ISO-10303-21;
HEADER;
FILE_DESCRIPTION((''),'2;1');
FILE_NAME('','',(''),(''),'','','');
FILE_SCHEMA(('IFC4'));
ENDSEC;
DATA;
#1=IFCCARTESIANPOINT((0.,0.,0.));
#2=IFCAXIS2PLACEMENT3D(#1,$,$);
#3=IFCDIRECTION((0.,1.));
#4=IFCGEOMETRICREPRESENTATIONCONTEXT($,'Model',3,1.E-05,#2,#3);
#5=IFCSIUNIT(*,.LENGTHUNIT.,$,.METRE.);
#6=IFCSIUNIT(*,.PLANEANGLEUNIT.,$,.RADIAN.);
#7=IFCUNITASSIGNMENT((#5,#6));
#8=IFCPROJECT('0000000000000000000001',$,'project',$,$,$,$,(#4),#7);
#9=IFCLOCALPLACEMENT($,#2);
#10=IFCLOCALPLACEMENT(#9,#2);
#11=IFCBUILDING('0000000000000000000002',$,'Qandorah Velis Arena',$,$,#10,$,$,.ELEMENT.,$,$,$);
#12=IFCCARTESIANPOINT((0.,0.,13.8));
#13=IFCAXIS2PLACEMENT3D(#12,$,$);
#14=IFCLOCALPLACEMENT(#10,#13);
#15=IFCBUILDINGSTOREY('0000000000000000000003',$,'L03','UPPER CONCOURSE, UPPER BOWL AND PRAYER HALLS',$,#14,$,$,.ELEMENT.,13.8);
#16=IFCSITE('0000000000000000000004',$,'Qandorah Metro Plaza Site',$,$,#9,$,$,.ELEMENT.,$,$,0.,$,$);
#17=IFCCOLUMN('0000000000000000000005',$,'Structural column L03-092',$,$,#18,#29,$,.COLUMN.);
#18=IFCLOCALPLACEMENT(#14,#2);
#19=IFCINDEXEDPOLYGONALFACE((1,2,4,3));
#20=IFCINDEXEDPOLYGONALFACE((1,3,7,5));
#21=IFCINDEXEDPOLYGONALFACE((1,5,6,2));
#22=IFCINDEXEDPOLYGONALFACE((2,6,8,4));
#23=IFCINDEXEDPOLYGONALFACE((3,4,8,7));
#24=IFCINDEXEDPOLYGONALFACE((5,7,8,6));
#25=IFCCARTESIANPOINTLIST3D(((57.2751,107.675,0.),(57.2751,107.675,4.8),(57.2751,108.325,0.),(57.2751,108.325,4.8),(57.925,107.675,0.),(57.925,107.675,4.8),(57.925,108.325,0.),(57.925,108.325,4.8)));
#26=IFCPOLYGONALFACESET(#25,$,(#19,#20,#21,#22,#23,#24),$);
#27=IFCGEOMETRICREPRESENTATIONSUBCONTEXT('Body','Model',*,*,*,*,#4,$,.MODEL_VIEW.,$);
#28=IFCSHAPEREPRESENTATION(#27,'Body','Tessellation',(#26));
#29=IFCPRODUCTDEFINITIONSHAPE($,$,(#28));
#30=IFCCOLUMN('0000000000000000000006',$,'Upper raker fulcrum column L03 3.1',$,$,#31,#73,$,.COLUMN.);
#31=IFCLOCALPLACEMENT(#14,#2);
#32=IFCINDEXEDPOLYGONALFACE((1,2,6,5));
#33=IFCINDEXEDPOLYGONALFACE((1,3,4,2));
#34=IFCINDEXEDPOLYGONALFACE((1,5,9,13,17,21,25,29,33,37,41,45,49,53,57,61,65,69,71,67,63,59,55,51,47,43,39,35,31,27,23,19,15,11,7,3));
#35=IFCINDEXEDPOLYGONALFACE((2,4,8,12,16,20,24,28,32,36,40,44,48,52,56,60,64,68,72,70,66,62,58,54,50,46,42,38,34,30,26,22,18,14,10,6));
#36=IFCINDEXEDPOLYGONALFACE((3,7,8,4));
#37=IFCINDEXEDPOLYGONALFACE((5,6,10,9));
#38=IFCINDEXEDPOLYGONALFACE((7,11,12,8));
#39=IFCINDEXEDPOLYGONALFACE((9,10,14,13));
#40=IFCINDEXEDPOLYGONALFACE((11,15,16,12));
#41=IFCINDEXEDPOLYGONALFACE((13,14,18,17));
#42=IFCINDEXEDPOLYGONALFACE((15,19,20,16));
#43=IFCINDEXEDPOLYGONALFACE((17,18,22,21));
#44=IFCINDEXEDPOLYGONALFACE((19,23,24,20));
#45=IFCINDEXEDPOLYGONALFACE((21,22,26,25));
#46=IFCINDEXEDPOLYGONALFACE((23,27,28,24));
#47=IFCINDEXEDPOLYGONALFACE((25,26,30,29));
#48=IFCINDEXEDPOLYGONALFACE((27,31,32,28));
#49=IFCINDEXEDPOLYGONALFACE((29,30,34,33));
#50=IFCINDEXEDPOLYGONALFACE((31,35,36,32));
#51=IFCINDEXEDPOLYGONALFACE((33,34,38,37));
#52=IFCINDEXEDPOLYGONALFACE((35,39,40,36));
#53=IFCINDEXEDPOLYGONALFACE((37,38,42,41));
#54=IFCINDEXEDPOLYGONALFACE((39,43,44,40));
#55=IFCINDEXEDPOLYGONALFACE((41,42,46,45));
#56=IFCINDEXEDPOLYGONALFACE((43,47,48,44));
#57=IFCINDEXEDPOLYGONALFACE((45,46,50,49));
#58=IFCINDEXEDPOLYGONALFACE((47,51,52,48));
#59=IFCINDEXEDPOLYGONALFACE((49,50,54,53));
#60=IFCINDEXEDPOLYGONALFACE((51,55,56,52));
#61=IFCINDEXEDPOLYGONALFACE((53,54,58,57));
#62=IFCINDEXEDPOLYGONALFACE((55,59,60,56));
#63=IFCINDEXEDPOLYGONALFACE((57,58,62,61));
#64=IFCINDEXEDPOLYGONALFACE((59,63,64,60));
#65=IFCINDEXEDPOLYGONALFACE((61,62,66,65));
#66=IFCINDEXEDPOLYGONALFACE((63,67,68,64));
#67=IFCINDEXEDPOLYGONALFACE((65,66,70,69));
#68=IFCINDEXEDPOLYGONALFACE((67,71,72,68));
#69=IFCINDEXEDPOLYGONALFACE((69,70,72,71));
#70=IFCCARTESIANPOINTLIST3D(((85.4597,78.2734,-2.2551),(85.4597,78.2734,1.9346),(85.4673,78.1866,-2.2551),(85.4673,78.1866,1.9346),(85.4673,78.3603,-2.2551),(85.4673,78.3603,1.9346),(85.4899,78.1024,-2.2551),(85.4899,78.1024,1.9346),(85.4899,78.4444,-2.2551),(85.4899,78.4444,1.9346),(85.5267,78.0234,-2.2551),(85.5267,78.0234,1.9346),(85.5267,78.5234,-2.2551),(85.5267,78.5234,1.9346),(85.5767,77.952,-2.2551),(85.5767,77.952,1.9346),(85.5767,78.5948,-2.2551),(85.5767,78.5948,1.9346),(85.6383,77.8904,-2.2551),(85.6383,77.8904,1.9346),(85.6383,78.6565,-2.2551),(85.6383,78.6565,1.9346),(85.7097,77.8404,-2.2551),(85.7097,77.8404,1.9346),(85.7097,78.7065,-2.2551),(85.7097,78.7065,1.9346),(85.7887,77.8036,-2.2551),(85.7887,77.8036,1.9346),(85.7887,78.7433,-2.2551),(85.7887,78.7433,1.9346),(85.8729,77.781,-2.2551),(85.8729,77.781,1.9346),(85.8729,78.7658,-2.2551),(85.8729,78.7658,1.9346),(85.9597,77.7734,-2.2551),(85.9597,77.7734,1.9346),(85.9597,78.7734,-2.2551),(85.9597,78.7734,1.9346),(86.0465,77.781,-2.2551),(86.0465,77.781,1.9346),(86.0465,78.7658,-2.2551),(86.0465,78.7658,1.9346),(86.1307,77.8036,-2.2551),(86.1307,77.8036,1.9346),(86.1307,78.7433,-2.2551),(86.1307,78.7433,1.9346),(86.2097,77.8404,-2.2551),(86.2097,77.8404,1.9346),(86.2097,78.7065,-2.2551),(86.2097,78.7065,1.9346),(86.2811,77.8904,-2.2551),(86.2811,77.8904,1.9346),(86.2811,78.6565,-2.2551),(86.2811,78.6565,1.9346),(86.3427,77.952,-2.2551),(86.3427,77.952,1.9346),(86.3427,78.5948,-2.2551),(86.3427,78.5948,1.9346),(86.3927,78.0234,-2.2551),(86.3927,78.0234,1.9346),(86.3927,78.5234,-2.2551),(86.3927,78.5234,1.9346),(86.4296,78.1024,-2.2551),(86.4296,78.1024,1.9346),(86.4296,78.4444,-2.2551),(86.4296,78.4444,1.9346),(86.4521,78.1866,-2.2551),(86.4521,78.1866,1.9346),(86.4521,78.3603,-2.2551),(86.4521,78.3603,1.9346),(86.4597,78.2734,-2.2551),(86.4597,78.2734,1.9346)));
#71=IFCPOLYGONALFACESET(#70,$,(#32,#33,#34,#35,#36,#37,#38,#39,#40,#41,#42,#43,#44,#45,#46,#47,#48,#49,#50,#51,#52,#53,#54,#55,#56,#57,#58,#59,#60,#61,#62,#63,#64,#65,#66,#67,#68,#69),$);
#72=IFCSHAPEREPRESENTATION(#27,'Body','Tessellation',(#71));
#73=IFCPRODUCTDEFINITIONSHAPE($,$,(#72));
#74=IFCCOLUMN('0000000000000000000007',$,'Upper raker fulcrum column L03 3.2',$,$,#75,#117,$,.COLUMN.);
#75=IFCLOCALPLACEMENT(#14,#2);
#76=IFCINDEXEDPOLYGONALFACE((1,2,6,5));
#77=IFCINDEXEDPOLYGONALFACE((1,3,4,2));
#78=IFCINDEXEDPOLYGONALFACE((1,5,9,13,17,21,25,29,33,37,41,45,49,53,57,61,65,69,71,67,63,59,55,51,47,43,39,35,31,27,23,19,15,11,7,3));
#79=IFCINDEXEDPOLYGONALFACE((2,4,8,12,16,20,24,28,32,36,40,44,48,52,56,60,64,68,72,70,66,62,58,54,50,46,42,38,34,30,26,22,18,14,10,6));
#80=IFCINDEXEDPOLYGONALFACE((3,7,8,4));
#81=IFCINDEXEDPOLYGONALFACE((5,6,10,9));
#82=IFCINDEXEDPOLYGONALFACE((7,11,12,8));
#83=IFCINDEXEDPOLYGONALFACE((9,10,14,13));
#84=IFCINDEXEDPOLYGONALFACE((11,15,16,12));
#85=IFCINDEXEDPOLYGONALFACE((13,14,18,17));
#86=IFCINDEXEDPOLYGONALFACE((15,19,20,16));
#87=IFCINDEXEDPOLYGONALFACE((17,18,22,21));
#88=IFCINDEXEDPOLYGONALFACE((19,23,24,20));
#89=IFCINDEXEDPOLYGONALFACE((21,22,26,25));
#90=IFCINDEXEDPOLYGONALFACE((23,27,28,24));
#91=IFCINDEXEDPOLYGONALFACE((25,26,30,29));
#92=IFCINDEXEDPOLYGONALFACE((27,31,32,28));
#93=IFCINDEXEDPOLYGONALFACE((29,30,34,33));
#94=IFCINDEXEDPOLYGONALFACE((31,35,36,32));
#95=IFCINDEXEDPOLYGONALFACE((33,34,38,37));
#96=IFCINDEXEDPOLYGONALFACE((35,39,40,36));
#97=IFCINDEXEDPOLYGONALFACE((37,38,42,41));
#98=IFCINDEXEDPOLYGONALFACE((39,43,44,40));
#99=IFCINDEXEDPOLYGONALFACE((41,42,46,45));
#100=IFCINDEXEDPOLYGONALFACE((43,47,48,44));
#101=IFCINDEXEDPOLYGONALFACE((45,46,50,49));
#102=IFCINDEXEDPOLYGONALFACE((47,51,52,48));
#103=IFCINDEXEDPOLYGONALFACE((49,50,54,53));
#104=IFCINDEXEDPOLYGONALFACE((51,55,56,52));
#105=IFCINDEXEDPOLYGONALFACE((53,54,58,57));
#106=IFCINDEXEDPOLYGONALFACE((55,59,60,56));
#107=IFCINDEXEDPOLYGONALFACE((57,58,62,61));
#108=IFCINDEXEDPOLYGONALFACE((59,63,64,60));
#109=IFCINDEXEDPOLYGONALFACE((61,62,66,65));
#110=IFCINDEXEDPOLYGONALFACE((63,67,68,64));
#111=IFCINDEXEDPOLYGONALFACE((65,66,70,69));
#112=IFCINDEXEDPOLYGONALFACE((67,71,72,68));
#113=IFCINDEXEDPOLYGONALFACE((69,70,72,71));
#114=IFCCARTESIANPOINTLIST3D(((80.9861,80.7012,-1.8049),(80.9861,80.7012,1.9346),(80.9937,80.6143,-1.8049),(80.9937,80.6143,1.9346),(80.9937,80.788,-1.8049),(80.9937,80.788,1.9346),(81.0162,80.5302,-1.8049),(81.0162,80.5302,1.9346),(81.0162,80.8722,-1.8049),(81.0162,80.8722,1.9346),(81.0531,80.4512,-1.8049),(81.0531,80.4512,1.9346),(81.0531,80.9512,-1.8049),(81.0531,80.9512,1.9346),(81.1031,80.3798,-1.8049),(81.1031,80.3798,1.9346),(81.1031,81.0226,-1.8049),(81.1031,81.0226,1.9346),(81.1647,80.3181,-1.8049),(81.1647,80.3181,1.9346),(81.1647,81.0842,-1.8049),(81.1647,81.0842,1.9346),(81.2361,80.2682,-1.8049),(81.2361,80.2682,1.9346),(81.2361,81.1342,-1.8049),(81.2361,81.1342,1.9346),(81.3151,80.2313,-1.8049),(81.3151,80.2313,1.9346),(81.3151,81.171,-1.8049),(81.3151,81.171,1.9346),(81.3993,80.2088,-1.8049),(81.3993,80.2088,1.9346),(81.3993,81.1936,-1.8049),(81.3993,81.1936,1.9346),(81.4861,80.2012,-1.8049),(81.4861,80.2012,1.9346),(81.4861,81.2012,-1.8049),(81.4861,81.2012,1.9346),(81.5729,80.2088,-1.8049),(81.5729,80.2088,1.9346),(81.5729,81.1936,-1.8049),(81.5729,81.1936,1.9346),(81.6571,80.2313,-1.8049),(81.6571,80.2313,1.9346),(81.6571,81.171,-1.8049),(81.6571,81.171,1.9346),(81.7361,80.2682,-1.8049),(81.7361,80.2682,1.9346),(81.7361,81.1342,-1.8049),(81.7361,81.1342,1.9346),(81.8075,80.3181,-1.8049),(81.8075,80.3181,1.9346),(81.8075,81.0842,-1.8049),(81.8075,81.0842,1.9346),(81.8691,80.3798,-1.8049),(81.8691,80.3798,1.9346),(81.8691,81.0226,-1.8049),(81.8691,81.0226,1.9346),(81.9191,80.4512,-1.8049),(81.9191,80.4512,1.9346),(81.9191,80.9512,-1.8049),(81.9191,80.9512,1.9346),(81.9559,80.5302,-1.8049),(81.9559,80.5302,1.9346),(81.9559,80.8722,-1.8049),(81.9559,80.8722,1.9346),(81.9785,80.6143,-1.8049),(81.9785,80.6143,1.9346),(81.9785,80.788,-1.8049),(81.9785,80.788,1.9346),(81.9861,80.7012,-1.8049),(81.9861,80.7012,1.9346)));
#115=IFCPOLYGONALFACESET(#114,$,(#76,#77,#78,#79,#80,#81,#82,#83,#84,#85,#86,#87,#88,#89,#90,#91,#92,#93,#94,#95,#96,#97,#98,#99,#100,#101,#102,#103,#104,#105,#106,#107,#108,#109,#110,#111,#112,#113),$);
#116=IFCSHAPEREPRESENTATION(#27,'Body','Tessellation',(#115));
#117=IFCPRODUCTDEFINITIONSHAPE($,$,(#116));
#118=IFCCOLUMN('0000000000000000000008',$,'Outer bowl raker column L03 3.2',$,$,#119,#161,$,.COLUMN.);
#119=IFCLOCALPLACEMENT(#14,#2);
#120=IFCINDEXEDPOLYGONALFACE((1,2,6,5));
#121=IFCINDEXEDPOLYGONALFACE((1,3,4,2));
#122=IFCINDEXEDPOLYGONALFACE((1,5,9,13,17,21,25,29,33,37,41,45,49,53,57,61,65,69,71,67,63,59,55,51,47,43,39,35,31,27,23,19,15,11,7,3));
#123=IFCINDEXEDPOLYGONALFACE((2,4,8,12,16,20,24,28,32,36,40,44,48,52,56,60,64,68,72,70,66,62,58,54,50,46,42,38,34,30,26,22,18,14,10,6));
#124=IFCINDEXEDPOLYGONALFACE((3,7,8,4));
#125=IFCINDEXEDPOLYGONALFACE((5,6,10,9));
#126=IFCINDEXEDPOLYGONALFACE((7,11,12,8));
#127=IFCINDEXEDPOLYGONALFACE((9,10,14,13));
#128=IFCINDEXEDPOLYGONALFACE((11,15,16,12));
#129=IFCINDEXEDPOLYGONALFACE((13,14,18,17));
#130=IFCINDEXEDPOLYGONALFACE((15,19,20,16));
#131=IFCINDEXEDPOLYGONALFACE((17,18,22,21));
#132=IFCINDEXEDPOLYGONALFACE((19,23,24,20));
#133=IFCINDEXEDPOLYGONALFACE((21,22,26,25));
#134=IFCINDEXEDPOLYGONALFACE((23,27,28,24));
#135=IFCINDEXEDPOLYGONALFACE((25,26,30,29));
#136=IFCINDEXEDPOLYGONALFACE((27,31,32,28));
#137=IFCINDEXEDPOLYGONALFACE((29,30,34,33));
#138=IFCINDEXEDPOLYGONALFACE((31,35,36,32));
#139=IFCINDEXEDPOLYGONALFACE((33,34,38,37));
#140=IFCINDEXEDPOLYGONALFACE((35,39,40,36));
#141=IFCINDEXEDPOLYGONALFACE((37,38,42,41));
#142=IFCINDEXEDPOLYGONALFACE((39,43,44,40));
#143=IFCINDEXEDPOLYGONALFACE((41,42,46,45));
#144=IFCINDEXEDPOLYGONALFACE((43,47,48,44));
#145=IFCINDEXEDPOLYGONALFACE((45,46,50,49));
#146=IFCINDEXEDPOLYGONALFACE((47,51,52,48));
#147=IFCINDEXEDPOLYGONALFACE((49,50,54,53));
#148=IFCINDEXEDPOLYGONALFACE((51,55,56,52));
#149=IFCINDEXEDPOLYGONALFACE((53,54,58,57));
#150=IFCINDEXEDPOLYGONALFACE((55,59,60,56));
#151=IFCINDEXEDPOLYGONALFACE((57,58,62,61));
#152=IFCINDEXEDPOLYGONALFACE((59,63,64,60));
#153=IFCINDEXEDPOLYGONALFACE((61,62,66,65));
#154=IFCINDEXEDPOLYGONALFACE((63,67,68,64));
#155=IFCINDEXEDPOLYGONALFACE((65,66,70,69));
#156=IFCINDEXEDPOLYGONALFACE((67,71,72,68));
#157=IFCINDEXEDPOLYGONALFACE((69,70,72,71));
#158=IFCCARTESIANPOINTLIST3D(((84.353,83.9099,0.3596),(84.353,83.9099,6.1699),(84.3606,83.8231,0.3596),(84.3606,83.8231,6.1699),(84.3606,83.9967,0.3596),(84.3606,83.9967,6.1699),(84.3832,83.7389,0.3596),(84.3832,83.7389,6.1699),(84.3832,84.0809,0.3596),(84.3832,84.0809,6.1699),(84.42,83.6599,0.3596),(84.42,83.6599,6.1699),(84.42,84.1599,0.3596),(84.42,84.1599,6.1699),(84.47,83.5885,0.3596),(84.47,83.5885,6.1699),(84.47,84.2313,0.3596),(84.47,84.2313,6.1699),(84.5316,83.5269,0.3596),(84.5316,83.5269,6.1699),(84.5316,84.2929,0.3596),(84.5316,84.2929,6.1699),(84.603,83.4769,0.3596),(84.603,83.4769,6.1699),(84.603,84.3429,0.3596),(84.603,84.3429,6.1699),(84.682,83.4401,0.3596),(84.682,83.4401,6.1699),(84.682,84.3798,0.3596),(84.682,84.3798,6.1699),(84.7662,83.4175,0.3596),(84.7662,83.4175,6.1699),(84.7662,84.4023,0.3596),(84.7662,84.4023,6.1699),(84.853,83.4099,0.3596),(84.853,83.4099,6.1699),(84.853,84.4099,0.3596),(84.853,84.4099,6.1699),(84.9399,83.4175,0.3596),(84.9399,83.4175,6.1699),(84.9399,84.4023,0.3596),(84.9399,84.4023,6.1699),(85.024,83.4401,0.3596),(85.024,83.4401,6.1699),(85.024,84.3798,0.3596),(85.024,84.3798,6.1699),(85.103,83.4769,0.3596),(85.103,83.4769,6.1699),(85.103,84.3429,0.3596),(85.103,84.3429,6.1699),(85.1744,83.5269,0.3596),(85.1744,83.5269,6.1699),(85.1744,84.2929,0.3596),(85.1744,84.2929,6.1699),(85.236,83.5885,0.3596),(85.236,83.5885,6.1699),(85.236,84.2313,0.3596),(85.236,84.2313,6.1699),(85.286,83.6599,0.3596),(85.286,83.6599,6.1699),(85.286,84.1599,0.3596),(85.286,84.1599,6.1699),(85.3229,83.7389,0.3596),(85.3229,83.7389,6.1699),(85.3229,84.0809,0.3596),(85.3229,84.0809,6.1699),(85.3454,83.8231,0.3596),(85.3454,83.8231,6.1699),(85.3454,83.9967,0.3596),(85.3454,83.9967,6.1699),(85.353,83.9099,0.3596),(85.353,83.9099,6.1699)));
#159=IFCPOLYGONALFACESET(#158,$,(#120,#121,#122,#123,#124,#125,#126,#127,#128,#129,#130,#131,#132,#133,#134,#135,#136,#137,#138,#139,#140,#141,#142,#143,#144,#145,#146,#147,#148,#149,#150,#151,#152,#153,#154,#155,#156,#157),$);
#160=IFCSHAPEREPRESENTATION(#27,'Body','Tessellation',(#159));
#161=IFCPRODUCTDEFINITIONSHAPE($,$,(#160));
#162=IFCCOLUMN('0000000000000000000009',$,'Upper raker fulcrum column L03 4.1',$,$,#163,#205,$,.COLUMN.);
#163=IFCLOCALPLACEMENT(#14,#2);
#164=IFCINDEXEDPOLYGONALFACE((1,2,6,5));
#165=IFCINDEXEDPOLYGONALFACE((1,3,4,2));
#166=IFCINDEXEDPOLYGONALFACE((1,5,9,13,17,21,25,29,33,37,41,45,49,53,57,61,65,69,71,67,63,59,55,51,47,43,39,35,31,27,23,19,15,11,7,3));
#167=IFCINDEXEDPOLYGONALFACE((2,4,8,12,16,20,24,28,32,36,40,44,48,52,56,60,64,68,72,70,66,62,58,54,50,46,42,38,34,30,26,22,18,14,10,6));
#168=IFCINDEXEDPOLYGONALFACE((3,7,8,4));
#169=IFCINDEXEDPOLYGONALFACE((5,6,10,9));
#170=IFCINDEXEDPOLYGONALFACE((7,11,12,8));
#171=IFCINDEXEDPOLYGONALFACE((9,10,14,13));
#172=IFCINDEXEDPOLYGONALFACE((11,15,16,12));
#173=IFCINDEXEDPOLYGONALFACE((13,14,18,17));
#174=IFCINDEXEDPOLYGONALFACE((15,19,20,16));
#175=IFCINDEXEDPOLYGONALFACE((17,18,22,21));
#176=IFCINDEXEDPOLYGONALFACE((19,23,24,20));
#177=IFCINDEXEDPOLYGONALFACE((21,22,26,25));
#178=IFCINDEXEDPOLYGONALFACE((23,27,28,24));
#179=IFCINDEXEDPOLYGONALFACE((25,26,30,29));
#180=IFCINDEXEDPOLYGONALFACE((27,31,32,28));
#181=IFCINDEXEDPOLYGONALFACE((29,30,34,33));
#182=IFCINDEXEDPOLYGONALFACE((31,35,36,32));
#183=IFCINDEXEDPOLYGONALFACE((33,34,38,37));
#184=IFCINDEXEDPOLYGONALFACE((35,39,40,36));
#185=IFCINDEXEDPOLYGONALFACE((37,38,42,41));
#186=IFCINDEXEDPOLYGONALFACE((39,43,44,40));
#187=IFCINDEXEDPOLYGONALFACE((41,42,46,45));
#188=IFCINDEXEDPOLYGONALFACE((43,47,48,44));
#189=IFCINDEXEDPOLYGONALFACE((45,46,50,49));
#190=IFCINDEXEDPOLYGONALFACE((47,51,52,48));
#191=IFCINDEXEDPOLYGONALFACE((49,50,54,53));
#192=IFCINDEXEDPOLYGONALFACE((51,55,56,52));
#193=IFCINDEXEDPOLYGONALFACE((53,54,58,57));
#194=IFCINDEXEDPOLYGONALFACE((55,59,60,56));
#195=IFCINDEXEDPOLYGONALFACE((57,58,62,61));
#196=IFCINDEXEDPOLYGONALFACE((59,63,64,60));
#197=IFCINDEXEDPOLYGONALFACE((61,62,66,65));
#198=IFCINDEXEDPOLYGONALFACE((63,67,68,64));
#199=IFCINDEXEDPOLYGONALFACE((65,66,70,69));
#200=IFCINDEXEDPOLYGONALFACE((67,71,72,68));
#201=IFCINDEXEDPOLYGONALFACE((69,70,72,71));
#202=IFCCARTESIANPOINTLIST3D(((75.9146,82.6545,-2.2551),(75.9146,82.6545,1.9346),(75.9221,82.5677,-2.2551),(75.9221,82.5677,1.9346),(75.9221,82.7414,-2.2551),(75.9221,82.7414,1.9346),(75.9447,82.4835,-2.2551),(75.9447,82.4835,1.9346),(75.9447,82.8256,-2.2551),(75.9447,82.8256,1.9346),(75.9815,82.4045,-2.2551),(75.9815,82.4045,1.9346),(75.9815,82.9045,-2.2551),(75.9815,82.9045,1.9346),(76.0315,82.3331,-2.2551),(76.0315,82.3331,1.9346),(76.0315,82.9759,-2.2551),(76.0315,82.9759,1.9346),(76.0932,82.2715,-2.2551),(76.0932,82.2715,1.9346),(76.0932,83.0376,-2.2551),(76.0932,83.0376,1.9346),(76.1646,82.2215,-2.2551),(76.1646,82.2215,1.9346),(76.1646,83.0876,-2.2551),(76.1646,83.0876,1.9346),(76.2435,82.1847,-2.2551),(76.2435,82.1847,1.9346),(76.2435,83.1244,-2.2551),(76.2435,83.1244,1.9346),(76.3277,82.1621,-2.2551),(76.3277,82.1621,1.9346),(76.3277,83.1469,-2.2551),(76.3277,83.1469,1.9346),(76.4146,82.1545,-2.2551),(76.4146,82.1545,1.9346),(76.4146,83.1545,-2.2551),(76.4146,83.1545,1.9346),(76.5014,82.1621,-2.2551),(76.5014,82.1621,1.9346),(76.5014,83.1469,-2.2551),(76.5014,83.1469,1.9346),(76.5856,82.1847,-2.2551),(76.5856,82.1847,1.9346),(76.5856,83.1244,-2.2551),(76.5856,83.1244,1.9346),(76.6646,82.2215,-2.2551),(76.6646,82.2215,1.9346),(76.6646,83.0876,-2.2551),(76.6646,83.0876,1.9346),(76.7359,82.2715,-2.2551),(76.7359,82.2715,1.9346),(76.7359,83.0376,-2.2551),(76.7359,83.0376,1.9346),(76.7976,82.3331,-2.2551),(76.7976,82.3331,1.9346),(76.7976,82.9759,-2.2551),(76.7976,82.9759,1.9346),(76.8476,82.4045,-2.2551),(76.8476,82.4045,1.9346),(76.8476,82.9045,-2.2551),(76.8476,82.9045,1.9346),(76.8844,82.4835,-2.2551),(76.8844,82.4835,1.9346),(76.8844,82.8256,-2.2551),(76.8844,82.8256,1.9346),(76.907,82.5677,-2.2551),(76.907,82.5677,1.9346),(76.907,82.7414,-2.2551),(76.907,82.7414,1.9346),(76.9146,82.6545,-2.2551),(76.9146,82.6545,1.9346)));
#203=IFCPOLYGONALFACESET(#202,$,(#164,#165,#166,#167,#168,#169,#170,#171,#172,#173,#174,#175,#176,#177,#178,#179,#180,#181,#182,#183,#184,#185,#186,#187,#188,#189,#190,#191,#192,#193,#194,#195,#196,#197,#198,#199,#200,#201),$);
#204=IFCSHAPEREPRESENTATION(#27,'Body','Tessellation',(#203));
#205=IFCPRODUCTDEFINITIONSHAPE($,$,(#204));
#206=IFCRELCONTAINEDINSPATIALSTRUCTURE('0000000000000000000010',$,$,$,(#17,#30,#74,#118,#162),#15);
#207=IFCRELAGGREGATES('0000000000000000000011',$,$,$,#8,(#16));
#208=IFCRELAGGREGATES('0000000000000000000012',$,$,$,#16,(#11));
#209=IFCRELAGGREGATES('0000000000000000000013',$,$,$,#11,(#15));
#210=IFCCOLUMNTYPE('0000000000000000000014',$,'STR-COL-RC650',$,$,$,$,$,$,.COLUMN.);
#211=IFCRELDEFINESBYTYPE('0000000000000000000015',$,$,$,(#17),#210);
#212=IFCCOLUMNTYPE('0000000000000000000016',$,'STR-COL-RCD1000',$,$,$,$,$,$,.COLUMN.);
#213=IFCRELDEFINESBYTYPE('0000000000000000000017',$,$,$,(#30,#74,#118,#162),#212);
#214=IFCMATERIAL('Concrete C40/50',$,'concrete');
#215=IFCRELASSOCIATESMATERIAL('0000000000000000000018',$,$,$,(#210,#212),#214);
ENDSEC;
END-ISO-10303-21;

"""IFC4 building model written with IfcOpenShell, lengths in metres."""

from ifc_helpers import new_model, si_unit, direction, frame, origin, origin_2d, place, context, subcontext, project, spatial, rectangle, circle, extrude, material, material_profile, profile_set, type_object, element, save


model = new_model("IFC4")

# Units and contexts
model_context = context("Model", 3, precision=1e-05, world=origin(), true_north=direction((0.0, 1.0)))
body_context = subcontext(model_context, "Body", "Model", "MODEL_VIEW")
ifc_project = project(units=[si_unit("LENGTHUNIT", "METRE"), si_unit("PLANEANGLEUNIT", "RADIAN")], contexts=[model_context])

# Site, building, storey
site_placement = place(None, origin())
site = spatial("IfcSite", under=ifc_project, at=site_placement, Name="Qandorah Metro Plaza Site", CompositionType="ELEMENT", RefElevation=0.0)
building_placement = place(site_placement, origin())
building = spatial("IfcBuilding", under=site, at=building_placement, Name="Qandorah Velis Arena", CompositionType="ELEMENT")
storey_placement = place(building_placement, frame((0.0, 0.0, 13.8)))
storey = spatial("IfcBuildingStorey", under=building, at=storey_placement, Name="L03", Description="UPPER CONCOURSE, UPPER BOWL AND PRAYER HALLS", CompositionType="ELEMENT", Elevation=13.8)

# Columns
ifc_material_1 = material(Name="Concrete C40/50", Category="concrete")
ifc_material_profile_1 = material_profile(ifc_material_1, rectangle(XDim=0.6499, YDim=0.6499, at=origin_2d()), Name="RC COL 650x650")
ifc_profile_set_1 = profile_set([ifc_material_profile_1], Name="Concrete C40/50")
column_type_1 = type_object("IfcColumnType", Name="STR-COL-RC650", PredefinedType="COLUMN", material=ifc_profile_set_1)
column_1_placement = place(storey_placement, frame((57.6001, 108.0, 0.0), z_axis=(0.0, 0.0, 1.0), x_axis=(1.0, 0.0, 0.0)))
element("IfcColumn", 1, at=column_1_placement, inside=storey, type_object=column_type_1, Name="Structural column L03-092", PredefinedType="COLUMN", context=body_context, shape_type="SweptSolid", body=[
    extrude(rectangle(XDim=0.6499, YDim=0.6499, at=origin_2d()), origin(), (0.0, 0.0, 1.0), 4.8),
])
ifc_material_profile_2 = material_profile(ifc_material_1, circle(Radius=0.5, at=origin_2d()), Name="RC D1000")
ifc_profile_set_2 = profile_set([ifc_material_profile_2], Name="Concrete C40/50")
column_type_2 = type_object("IfcColumnType", Name="STR-COL-RCD1000", PredefinedType="COLUMN", material=ifc_profile_set_2)
column_2_placement = place(storey_placement, frame((85.9597, 78.2734, -2.2551), z_axis=(0.0, 0.0, 1.0), x_axis=(1.0, 0.0, 0.0)))
element("IfcColumn", 2, at=column_2_placement, inside=storey, type_object=column_type_2, Name="Upper raker fulcrum column L03 3.1", PredefinedType="COLUMN", context=body_context, shape_type="SweptSolid", body=[
    extrude(circle(Radius=0.5, at=origin_2d()), origin(), (0.0, 0.0, 1.0), 4.1897),
])
column_3_placement = place(storey_placement, frame((81.4861, 80.7012, -1.8049), z_axis=(0.0, 0.0, 1.0), x_axis=(1.0, 0.0, 0.0)))
element("IfcColumn", 3, at=column_3_placement, inside=storey, type_object=column_type_2, Name="Upper raker fulcrum column L03 3.2", PredefinedType="COLUMN", context=body_context, shape_type="SweptSolid", body=[
    extrude(circle(Radius=0.5, at=origin_2d()), origin(), (0.0, 0.0, 1.0), 3.7395),
])
column_4_placement = place(storey_placement, frame((84.853, 83.9099, 0.3596), z_axis=(0.0, 0.0, 1.0), x_axis=(1.0, 0.0, 0.0)))
element("IfcColumn", 4, at=column_4_placement, inside=storey, type_object=column_type_2, Name="Outer bowl raker column L03 3.2", PredefinedType="COLUMN", context=body_context, shape_type="SweptSolid", body=[
    extrude(circle(Radius=0.5, at=origin_2d()), origin(), (0.0, 0.0, 1.0), 5.8103),
])
column_5_placement = place(storey_placement, frame((76.4146, 82.6545, -2.2551), z_axis=(0.0, 0.0, 1.0), x_axis=(1.0, 0.0, 0.0)))
element("IfcColumn", 5, at=column_5_placement, inside=storey, type_object=column_type_2, Name="Upper raker fulcrum column L03 4.1", PredefinedType="COLUMN", context=body_context, shape_type="SweptSolid", body=[
    extrude(circle(Radius=0.5, at=origin_2d()), origin(), (0.0, 0.0, 1.0), 4.1897),
])

save(model, "model.ifc")
